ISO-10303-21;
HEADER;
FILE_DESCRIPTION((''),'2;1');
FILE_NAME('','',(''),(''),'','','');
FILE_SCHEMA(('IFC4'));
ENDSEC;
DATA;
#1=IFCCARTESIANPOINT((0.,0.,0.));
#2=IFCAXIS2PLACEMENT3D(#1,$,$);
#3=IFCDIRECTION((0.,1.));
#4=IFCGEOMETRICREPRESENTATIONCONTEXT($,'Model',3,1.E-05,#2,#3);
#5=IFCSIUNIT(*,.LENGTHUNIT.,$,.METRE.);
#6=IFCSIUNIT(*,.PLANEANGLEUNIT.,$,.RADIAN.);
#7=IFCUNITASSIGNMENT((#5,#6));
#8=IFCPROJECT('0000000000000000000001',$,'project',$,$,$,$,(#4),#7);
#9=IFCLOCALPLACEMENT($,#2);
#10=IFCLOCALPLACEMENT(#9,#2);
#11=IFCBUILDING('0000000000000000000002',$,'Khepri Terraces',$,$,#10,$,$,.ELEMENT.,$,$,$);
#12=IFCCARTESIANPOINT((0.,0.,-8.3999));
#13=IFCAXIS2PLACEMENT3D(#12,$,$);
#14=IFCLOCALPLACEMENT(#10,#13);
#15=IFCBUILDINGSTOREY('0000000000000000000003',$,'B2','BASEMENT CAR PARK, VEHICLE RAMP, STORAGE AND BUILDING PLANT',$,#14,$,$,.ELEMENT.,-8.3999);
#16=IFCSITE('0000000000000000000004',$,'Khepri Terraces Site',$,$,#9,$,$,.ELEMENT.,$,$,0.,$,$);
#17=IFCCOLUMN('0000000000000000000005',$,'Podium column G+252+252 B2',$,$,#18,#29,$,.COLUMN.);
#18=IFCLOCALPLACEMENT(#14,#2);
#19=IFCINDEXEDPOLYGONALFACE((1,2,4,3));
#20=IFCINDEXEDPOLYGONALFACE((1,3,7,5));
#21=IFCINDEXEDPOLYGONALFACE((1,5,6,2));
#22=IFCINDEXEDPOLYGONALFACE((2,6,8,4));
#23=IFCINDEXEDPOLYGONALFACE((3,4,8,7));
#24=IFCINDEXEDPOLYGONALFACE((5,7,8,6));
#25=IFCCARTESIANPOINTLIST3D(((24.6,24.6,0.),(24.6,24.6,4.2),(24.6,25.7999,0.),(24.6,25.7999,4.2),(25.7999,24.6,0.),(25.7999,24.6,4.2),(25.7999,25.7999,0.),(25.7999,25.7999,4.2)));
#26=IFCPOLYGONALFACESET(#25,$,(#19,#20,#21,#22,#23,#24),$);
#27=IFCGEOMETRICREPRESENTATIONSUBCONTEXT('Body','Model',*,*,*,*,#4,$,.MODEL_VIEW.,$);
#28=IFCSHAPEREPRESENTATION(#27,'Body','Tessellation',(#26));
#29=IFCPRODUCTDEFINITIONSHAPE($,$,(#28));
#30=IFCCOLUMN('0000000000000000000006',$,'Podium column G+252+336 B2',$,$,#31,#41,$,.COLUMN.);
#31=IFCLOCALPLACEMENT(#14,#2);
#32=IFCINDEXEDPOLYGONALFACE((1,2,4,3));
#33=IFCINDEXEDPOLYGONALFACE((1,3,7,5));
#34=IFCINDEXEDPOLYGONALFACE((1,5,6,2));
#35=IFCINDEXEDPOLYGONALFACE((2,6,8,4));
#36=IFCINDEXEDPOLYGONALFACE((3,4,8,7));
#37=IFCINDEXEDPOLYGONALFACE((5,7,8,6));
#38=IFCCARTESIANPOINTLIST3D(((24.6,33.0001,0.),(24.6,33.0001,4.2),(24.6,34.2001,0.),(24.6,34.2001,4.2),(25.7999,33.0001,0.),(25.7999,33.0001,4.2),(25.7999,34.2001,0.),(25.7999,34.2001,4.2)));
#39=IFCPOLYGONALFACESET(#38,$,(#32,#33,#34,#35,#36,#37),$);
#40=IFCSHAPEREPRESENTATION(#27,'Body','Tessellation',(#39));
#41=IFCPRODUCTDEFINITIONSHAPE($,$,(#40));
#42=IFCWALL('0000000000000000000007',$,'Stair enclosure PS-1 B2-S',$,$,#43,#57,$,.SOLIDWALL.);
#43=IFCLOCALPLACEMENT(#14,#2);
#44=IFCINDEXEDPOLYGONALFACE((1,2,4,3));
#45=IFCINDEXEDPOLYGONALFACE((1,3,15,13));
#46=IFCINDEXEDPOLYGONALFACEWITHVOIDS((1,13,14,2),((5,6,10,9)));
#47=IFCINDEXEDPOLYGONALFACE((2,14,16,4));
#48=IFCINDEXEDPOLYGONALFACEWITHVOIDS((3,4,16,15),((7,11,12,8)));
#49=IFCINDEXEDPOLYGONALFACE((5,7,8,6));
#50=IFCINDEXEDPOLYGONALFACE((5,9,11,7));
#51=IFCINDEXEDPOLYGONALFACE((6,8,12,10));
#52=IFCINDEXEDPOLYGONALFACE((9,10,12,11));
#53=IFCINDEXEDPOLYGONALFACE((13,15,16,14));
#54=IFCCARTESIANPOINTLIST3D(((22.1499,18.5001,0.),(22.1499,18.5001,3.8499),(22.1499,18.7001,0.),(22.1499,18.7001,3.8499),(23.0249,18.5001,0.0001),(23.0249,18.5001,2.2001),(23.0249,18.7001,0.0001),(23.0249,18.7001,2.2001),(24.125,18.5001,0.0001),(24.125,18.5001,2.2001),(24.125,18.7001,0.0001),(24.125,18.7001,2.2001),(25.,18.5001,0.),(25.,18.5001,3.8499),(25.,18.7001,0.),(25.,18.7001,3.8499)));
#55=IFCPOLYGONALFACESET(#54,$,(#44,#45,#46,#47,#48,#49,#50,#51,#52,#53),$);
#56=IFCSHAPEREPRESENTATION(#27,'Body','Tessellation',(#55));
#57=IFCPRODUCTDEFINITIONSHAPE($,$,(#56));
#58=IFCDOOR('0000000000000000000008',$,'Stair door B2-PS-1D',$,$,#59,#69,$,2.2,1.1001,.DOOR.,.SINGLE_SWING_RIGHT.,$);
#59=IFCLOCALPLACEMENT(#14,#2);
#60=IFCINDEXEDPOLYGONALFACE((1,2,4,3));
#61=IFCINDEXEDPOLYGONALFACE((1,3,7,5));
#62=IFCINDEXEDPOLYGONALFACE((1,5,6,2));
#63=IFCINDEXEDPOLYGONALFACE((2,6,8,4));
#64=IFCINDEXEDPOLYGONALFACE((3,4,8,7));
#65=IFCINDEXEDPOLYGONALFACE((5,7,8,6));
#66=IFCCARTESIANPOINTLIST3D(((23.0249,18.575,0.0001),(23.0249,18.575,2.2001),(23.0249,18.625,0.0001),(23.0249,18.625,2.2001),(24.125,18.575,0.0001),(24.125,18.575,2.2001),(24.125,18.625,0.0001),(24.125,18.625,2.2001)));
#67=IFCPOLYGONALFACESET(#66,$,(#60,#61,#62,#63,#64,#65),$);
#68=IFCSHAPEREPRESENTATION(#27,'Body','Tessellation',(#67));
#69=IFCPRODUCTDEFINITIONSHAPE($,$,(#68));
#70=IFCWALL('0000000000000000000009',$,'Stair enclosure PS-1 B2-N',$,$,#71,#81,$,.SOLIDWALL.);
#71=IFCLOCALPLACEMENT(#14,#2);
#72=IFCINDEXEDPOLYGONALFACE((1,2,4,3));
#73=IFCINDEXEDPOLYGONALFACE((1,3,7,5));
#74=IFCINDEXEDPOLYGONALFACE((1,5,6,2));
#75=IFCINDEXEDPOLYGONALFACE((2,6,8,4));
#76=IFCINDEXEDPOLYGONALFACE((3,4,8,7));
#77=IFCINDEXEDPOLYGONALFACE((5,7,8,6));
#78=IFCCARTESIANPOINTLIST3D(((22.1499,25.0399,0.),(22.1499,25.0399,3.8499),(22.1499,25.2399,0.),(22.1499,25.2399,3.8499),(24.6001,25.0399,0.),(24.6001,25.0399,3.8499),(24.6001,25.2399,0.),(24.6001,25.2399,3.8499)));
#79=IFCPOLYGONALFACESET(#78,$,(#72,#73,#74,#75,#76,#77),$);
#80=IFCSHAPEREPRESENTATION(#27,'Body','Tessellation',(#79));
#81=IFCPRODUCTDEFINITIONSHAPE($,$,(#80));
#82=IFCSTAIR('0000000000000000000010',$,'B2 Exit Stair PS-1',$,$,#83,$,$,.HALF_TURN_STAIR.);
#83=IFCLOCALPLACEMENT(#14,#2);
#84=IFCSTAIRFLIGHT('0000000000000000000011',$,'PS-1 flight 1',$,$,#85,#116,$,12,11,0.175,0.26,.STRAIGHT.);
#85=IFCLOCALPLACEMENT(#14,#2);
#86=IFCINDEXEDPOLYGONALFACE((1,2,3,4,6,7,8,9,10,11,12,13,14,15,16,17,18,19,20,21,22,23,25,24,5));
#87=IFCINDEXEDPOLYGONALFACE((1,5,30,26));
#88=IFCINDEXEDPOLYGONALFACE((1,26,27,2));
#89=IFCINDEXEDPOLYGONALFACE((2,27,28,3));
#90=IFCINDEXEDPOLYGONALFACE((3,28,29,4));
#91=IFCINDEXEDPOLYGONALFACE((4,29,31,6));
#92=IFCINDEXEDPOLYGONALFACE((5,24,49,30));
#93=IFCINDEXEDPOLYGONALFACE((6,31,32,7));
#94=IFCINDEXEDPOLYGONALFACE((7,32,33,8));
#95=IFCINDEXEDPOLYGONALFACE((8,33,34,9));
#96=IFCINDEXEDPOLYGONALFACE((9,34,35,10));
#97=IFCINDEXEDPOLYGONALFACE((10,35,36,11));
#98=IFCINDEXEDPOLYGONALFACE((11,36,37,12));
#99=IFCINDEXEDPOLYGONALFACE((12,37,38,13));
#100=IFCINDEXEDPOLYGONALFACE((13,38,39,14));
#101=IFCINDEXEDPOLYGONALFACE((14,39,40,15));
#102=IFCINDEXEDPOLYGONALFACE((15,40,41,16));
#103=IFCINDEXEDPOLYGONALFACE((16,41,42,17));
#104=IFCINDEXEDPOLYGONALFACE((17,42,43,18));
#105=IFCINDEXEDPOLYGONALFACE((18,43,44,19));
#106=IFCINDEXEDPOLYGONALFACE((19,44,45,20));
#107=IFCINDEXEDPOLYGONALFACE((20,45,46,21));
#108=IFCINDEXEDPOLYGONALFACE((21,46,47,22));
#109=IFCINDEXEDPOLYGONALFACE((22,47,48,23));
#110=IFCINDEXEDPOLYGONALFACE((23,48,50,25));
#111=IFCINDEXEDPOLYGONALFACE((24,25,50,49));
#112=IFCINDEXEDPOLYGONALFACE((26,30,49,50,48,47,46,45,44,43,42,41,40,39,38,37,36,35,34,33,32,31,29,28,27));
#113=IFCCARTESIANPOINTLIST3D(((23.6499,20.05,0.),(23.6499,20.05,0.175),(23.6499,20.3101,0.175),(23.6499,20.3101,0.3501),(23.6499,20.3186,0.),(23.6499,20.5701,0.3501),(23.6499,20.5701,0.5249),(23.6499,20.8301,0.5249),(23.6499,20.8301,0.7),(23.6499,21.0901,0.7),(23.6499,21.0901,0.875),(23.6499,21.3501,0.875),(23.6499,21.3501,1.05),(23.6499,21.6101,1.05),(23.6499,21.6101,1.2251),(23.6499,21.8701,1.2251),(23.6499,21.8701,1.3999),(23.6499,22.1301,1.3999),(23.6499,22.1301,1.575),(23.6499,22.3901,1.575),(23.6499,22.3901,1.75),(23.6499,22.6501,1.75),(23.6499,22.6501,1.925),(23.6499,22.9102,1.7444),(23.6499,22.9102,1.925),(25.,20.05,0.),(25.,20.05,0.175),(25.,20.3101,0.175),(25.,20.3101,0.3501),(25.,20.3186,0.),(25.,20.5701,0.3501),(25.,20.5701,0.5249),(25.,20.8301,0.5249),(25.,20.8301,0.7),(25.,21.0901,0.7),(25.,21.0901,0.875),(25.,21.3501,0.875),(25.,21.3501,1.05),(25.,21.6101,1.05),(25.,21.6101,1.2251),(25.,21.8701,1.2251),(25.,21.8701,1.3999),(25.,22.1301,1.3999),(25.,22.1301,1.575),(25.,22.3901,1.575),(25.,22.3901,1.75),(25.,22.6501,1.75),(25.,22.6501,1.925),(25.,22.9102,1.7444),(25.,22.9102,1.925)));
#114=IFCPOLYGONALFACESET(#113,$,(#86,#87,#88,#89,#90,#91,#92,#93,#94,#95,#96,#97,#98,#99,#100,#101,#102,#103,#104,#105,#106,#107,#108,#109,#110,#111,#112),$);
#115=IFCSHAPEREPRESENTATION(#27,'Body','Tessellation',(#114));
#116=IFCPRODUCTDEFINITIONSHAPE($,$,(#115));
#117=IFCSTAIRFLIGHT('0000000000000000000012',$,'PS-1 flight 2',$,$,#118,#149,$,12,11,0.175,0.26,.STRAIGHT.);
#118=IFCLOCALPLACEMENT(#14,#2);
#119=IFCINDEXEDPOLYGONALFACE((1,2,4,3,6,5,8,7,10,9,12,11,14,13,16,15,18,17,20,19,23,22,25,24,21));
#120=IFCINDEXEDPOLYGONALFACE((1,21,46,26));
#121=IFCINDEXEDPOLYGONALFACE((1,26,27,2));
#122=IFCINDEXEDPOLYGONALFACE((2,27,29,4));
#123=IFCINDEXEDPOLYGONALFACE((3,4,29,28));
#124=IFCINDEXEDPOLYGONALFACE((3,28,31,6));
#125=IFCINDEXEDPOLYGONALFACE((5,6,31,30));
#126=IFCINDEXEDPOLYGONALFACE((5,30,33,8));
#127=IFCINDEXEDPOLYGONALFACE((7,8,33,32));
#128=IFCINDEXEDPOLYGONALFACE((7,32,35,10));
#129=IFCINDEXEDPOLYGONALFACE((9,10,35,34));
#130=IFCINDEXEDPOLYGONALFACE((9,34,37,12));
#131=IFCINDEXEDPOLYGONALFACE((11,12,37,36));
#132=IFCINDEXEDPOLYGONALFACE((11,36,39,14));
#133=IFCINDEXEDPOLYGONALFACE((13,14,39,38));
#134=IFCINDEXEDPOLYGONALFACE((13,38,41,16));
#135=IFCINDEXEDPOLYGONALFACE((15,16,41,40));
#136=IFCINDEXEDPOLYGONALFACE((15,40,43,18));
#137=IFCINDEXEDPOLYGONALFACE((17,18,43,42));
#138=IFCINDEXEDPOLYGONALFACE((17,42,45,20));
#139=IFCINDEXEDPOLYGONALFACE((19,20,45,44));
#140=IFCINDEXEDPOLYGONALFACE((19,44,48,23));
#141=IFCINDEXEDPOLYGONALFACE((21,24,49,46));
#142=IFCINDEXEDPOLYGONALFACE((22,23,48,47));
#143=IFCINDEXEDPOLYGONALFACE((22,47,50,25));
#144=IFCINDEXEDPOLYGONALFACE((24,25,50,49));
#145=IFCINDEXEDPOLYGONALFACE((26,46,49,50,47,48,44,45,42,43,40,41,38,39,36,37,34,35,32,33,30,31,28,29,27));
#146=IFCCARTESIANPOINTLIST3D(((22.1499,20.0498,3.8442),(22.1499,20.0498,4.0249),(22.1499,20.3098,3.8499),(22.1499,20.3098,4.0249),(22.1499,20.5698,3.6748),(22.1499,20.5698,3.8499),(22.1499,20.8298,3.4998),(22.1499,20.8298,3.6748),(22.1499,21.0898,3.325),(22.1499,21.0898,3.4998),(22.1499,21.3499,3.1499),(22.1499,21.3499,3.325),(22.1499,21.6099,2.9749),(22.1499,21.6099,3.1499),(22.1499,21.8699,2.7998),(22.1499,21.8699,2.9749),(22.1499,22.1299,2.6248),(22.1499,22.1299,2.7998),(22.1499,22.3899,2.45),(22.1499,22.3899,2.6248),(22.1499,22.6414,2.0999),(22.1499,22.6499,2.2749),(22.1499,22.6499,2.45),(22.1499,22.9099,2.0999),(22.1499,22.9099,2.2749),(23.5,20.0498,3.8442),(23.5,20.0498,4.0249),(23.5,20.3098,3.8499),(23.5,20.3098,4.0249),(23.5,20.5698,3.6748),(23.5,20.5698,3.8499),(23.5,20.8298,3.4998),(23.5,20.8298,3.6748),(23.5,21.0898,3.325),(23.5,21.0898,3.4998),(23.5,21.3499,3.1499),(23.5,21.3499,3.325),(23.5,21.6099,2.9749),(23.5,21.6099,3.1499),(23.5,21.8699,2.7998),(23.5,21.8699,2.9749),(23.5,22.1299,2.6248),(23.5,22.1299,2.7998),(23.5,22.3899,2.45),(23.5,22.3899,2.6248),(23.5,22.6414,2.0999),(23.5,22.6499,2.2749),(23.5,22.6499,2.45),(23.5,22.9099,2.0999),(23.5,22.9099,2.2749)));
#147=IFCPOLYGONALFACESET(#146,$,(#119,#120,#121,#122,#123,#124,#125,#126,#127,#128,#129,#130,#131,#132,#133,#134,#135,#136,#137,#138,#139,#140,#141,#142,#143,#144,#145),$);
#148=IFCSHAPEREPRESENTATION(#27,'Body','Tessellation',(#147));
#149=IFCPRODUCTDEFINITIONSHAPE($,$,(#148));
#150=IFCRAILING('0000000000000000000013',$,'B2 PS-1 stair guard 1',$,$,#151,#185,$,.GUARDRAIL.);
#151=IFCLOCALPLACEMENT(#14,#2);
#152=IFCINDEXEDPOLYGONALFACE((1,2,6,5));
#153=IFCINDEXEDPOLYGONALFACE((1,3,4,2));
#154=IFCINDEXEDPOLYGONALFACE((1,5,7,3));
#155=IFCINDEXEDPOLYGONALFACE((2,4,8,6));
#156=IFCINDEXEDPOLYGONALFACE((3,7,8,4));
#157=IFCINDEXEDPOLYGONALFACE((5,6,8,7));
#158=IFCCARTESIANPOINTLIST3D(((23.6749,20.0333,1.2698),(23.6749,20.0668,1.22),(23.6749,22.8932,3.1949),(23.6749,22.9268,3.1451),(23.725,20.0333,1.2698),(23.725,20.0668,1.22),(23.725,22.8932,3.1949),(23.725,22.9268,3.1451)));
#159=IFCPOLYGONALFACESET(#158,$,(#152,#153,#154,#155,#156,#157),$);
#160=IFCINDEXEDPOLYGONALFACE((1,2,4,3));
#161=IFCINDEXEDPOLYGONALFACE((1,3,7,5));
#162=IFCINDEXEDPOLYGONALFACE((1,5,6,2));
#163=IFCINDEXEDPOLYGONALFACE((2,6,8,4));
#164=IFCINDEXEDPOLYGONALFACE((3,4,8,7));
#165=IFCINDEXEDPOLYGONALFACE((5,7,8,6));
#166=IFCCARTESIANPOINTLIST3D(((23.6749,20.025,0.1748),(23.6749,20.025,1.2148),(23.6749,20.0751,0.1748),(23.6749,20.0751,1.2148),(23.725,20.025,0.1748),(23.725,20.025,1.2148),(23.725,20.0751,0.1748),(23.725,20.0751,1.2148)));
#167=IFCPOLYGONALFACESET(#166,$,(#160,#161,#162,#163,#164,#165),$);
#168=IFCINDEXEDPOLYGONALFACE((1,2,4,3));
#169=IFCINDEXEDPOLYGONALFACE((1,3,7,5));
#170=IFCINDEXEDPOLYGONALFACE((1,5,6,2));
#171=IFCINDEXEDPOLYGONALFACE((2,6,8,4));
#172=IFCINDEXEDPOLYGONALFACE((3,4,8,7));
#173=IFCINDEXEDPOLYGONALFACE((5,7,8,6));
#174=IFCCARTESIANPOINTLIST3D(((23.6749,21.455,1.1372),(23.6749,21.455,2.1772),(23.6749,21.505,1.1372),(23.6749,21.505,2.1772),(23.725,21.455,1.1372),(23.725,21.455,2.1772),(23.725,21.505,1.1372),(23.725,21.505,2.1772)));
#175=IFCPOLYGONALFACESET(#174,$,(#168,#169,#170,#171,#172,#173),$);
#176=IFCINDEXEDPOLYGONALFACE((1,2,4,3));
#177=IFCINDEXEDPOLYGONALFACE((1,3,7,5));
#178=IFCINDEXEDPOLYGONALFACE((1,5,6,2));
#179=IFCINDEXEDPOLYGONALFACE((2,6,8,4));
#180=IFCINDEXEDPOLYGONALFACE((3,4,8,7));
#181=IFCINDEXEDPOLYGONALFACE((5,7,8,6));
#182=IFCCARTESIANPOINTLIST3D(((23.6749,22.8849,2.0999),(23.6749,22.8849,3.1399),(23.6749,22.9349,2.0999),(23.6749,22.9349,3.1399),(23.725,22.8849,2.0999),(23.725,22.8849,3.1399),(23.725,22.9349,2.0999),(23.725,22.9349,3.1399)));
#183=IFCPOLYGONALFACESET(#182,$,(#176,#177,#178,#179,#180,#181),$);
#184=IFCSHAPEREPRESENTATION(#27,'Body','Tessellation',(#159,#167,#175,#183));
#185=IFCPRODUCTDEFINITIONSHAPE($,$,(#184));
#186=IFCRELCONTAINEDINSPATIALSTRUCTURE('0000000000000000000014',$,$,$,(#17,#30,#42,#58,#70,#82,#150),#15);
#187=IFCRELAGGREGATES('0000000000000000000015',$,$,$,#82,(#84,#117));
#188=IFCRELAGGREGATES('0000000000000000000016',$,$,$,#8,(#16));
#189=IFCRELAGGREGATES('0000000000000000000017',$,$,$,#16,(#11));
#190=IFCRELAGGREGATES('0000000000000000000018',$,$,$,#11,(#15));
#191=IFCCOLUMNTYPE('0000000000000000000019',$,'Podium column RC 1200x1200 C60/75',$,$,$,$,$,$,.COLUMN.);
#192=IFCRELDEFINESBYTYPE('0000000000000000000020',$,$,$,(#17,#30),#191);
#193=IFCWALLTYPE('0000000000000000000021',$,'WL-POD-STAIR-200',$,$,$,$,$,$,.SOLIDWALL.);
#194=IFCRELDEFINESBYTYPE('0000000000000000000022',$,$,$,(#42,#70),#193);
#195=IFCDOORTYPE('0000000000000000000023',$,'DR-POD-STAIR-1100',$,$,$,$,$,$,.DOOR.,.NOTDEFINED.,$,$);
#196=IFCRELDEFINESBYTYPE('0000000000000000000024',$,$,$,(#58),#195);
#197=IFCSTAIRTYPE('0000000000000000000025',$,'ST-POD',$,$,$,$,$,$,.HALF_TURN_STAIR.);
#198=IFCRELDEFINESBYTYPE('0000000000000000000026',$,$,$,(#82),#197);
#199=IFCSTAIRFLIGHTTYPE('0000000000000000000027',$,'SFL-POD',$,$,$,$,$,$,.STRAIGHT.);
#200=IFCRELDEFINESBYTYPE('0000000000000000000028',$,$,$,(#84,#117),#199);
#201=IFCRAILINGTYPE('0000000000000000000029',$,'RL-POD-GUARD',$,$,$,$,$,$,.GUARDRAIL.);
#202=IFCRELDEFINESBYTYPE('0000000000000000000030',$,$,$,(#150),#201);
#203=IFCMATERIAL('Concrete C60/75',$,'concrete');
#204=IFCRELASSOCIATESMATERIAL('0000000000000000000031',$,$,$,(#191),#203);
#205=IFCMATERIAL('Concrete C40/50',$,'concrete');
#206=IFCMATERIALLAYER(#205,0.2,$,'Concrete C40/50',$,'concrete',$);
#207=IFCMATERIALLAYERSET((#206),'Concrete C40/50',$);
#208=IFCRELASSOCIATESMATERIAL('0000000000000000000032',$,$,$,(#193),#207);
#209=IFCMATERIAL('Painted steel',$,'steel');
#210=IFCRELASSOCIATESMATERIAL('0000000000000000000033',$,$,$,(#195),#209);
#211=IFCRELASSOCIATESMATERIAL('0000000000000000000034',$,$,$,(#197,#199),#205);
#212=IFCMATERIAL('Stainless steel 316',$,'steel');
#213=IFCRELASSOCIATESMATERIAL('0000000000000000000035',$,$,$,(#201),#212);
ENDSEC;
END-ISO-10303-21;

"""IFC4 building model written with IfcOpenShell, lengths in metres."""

from ifc_helpers import new_model, si_unit, direction, frame, frame_2d, origin, origin_2d, place, context, subcontext, project, spatial, polyline, rectangle, outline, extrude, material, layer, layer_set, material_profile, profile_set, type_object, element, fill, aggregate, save


model = new_model("IFC4")

# Units and contexts
model_context = context("Model", 3, precision=1e-05, world=origin(), true_north=direction((0.0, 1.0)))
body_context = subcontext(model_context, "Body", "Model", "MODEL_VIEW")
ifc_project = project(units=[si_unit("LENGTHUNIT", "METRE"), si_unit("PLANEANGLEUNIT", "RADIAN")], contexts=[model_context])

# Site, building, storey
site_placement = place(None, origin())
site = spatial("IfcSite", under=ifc_project, at=site_placement, Name="Khepri Terraces Site", CompositionType="ELEMENT", RefElevation=0.0)
building_placement = place(site_placement, origin())
building = spatial("IfcBuilding", under=site, at=building_placement, Name="Khepri Terraces", CompositionType="ELEMENT")
storey_placement = place(building_placement, frame((0.0, 0.0, -8.3999)))
storey = spatial("IfcBuildingStorey", under=building, at=storey_placement, Name="B2", Description="BASEMENT CAR PARK, VEHICLE RAMP, STORAGE AND BUILDING PLANT", CompositionType="ELEMENT", Elevation=-8.3999)

# Columns
ifc_material_1 = material(Name="Concrete C60/75", Category="concrete")
ifc_material_profile_1 = material_profile(ifc_material_1, rectangle(XDim=1.2, YDim=1.2, at=origin_2d()), Name="Concrete C60/75", Category="concrete")
ifc_profile_set_1 = profile_set([ifc_material_profile_1], Name="Concrete C60/75")
column_type_1 = type_object("IfcColumnType", Name="Podium column RC 1200x1200 C60/75", PredefinedType="COLUMN", material=ifc_profile_set_1)
for number, where, z_axis, x_axis, name in (
    (1, (25.2, 25.2, 0.0), (0.0, 0.0, 1.0), (1.0, 0.0, 0.0), "Podium column G+252+252 B2"),
    (2, (25.2, 33.6001, 0.0), (0.0, 0.0, 1.0), (1.0, 0.0, 0.0), "Podium column G+252+336 B2"),
):
    element("IfcColumn", number, at=place(storey_placement, frame(where, z_axis=z_axis, x_axis=x_axis)), inside=storey, type_object=column_type_1, Name=name, PredefinedType="COLUMN", context=body_context, shape_type="SweptSolid", body=[
        extrude(rectangle(XDim=1.2, YDim=1.2, at=origin_2d()), origin(), (0.0, 0.0, 1.0), 4.2),
    ])

# Wall, opening, door
ifc_material_2 = material(Name="Concrete C40/50", Category="concrete")
ifc_layer = layer(ifc_material_2, 0.2, Name="Concrete C40/50", Category="concrete")
ifc_layer_set = layer_set([ifc_layer], Name="Concrete C40/50")
wall_type = type_object("IfcWallType", Name="WL-POD-STAIR-200", PredefinedType="SOLIDWALL", material=ifc_layer_set)
wall_1_placement = place(storey_placement, frame((22.1499, 18.6001, 0.0), z_axis=(0.0, 0.0, 1.0), x_axis=(1.0, 0.0, 0.0)))
wall_1 = element("IfcWall", 3, at=wall_1_placement, inside=storey, type_object=wall_type, Name="Stair enclosure PS-1 B2-S", PredefinedType="SOLIDWALL", context=body_context, shape_type="SweptSolid", body=[
    extrude(rectangle(XDim=2.8501, YDim=0.2, at=frame_2d((1.425, 0.0))), origin(), (0.0, 0.0, 1.0), 3.8499),
])
opening_placement = place(wall_1_placement, frame((0.875, 0.0, 0.0)))
opening = element("IfcOpeningElement", 4, at=opening_placement, cuts=wall_1, PredefinedType="OPENING", context=body_context, shape_type="SweptSolid", body=[
    extrude(rectangle(XDim=1.1001, YDim=2.2, at=frame_2d((0.55, 1.1001))), frame((0.0, 0.1099, 0.0), z_axis=(0.0, -1.0, 0.0), x_axis=(1.0, 0.0, 0.0)), (0.0, 0.0, 1.0), 0.22),
])
ifc_material_3 = material(Name="Painted steel", Category="steel")
door_type = type_object("IfcDoorType", Name="DR-POD-STAIR-1100", OperationType="NOTDEFINED", PredefinedType="DOOR", material=ifc_material_3)
door_placement = place(opening_placement, origin())
door = element("IfcDoor", 5, at=door_placement, inside=storey, type_object=door_type, Name="Stair door B2-PS-1D", OperationType="SINGLE_SWING_RIGHT", OverallHeight=2.2, OverallWidth=1.1001, PredefinedType="DOOR", context=body_context, shape_type="SweptSolid", body=[
    extrude(rectangle(XDim=1.1001, YDim=2.2, at=frame_2d((0.55, 1.1001))), frame((0.0, 0.0249, 0.0), z_axis=(0.0, -1.0, 0.0), x_axis=(1.0, 0.0, 0.0)), (0.0, 0.0, 1.0), 0.05),
])
fill(opening, door)

# Wall
wall_2_placement = place(storey_placement, frame((22.1499, 25.1399, 0.0), z_axis=(0.0, 0.0, 1.0), x_axis=(1.0, 0.0, 0.0)))
element("IfcWall", 6, at=wall_2_placement, inside=storey, type_object=wall_type, Name="Stair enclosure PS-1 B2-N", PredefinedType="SOLIDWALL", context=body_context, shape_type="SweptSolid", body=[
    extrude(rectangle(XDim=2.4502, YDim=0.2, at=frame_2d((1.2251, 0.0))), origin(), (0.0, 0.0, 1.0), 3.8499),
])

# Stair, stair flights
stair_type = type_object("IfcStairType", Name="ST-POD", PredefinedType="HALF_TURN_STAIR", material=ifc_material_2)
stair_placement = place(storey_placement, origin())
stair = element("IfcStair", 7, at=stair_placement, inside=storey, type_object=stair_type, Name="B2 Exit Stair PS-1", PredefinedType="HALF_TURN_STAIR")
stair_flight_type = type_object("IfcStairFlightType", Name="SFL-POD", PredefinedType="STRAIGHT", material=ifc_material_2)
stair_flight_1_placement = place(storey_placement, frame((24.325, 20.05, 0.0), z_axis=(0.0, 0.0, 1.0), x_axis=(0.0, 1.0, 0.0)))
stair_flight_1 = element("IfcStairFlight", 8, at=stair_flight_1_placement, type_object=stair_flight_type, Name="PS-1 flight 1", NumberOfRisers=12, NumberOfTreads=11, PredefinedType="STRAIGHT", RiserHeight=0.175, TreadLength=0.26, context=body_context, shape_type="SweptSolid", body=[
    extrude(outline(polyline([(0.0, 0.0), (0.0, 0.175), (0.26, 0.175), (0.26, 0.3501), (0.52, 0.3501), (0.52, 0.5249), (0.78, 0.5249), (0.78, 0.7), (1.04, 0.7), (1.04, 0.875), (1.3, 0.875), (1.3, 1.05), (1.5601, 1.05), (1.5601, 1.2251), (1.8201, 1.2251), (1.8201, 1.3999), (2.0801, 1.3999), (2.0801, 1.575), (2.3401, 1.575), (2.3401, 1.75), (2.6001, 1.75), (2.6001, 1.925), (2.8601, 1.925), (2.8601, 2.1001), (2.8601, 1.7444), (0.2686, 0.0), (0.0, 0.0)])), frame((0.0, 0.675, 0.0), z_axis=(0.0, -1.0, 0.0), x_axis=(1.0, 0.0, 0.0)), (0.0, 0.0, 1.0), 1.3501),
])
stair_flight_2_placement = place(storey_placement, frame((22.825, 22.9099, 2.0999), z_axis=(0.0, 0.0, 1.0), x_axis=(0.0, -1.0, 0.0)))
stair_flight_2 = element("IfcStairFlight", 9, at=stair_flight_2_placement, type_object=stair_flight_type, Name="PS-1 flight 2", NumberOfRisers=12, NumberOfTreads=11, PredefinedType="STRAIGHT", RiserHeight=0.175, TreadLength=0.26, context=body_context, shape_type="SweptSolid", body=[
    extrude(outline(polyline([(0.0, 0.0), (0.0, 0.175), (0.26, 0.175), (0.26, 0.3501), (0.52, 0.3501), (0.52, 0.5249), (0.78, 0.5249), (0.78, 0.7), (1.04, 0.7), (1.04, 0.875), (1.3, 0.875), (1.3, 1.05), (1.5601, 1.05), (1.5601, 1.2251), (1.8201, 1.2251), (1.8201, 1.3999), (2.0801, 1.3999), (2.0801, 1.575), (2.3401, 1.575), (2.3401, 1.75), (2.6001, 1.75), (2.6001, 1.925), (2.8601, 1.925), (2.8601, 2.1001), (2.8601, 1.7444), (0.2686, 0.0), (0.0, 0.0)])), frame((0.0, 0.675, 0.0), z_axis=(0.0, -1.0, 0.0), x_axis=(1.0, 0.0, 0.0)), (0.0, 0.0, 1.0), 1.3501),
])
aggregate(stair, [stair_flight_1, stair_flight_2])

# Railing
ifc_material_4 = material(Name="Stainless steel 316", Category="steel")
railing_type_1 = type_object("IfcRailingType", Name="RL-POD-GUARD", PredefinedType="GUARDRAIL", material=ifc_material_4)
railing_1_placement = place(storey_placement, frame((23.7, 20.05, 0.1748)))
element("IfcRailing", 10, at=railing_1_placement, inside=storey, type_object=railing_type_1, Name="B2 PS-1 stair guard 1", PredefinedType="GUARDRAIL", context=body_context, shape_type="SweptSolid", body=[
    extrude(rectangle(XDim=0.05, YDim=0.0601, at=origin_2d()), frame((0.0, 0.0, 1.0701), z_axis=(0.0, 0.829569, 0.558404), x_axis=(-1.0, 0.0, 0.0)), (0.0, 0.0, 1.0), 3.4475),
    extrude(rectangle(XDim=0.05, YDim=0.05, at=origin_2d()), origin(), (0.0, 0.0, 1.0), 1.04),
    extrude(rectangle(XDim=0.05, YDim=0.05, at=origin_2d()), frame((0.0, 1.4299, 0.9624)), (0.0, 0.0, 1.0), 1.04),
    extrude(rectangle(XDim=0.05, YDim=0.05, at=origin_2d()), frame((0.0, 2.8599, 1.925)), (0.0, 0.0, 1.0), 1.04),
])

save(model, "model.ifc")
